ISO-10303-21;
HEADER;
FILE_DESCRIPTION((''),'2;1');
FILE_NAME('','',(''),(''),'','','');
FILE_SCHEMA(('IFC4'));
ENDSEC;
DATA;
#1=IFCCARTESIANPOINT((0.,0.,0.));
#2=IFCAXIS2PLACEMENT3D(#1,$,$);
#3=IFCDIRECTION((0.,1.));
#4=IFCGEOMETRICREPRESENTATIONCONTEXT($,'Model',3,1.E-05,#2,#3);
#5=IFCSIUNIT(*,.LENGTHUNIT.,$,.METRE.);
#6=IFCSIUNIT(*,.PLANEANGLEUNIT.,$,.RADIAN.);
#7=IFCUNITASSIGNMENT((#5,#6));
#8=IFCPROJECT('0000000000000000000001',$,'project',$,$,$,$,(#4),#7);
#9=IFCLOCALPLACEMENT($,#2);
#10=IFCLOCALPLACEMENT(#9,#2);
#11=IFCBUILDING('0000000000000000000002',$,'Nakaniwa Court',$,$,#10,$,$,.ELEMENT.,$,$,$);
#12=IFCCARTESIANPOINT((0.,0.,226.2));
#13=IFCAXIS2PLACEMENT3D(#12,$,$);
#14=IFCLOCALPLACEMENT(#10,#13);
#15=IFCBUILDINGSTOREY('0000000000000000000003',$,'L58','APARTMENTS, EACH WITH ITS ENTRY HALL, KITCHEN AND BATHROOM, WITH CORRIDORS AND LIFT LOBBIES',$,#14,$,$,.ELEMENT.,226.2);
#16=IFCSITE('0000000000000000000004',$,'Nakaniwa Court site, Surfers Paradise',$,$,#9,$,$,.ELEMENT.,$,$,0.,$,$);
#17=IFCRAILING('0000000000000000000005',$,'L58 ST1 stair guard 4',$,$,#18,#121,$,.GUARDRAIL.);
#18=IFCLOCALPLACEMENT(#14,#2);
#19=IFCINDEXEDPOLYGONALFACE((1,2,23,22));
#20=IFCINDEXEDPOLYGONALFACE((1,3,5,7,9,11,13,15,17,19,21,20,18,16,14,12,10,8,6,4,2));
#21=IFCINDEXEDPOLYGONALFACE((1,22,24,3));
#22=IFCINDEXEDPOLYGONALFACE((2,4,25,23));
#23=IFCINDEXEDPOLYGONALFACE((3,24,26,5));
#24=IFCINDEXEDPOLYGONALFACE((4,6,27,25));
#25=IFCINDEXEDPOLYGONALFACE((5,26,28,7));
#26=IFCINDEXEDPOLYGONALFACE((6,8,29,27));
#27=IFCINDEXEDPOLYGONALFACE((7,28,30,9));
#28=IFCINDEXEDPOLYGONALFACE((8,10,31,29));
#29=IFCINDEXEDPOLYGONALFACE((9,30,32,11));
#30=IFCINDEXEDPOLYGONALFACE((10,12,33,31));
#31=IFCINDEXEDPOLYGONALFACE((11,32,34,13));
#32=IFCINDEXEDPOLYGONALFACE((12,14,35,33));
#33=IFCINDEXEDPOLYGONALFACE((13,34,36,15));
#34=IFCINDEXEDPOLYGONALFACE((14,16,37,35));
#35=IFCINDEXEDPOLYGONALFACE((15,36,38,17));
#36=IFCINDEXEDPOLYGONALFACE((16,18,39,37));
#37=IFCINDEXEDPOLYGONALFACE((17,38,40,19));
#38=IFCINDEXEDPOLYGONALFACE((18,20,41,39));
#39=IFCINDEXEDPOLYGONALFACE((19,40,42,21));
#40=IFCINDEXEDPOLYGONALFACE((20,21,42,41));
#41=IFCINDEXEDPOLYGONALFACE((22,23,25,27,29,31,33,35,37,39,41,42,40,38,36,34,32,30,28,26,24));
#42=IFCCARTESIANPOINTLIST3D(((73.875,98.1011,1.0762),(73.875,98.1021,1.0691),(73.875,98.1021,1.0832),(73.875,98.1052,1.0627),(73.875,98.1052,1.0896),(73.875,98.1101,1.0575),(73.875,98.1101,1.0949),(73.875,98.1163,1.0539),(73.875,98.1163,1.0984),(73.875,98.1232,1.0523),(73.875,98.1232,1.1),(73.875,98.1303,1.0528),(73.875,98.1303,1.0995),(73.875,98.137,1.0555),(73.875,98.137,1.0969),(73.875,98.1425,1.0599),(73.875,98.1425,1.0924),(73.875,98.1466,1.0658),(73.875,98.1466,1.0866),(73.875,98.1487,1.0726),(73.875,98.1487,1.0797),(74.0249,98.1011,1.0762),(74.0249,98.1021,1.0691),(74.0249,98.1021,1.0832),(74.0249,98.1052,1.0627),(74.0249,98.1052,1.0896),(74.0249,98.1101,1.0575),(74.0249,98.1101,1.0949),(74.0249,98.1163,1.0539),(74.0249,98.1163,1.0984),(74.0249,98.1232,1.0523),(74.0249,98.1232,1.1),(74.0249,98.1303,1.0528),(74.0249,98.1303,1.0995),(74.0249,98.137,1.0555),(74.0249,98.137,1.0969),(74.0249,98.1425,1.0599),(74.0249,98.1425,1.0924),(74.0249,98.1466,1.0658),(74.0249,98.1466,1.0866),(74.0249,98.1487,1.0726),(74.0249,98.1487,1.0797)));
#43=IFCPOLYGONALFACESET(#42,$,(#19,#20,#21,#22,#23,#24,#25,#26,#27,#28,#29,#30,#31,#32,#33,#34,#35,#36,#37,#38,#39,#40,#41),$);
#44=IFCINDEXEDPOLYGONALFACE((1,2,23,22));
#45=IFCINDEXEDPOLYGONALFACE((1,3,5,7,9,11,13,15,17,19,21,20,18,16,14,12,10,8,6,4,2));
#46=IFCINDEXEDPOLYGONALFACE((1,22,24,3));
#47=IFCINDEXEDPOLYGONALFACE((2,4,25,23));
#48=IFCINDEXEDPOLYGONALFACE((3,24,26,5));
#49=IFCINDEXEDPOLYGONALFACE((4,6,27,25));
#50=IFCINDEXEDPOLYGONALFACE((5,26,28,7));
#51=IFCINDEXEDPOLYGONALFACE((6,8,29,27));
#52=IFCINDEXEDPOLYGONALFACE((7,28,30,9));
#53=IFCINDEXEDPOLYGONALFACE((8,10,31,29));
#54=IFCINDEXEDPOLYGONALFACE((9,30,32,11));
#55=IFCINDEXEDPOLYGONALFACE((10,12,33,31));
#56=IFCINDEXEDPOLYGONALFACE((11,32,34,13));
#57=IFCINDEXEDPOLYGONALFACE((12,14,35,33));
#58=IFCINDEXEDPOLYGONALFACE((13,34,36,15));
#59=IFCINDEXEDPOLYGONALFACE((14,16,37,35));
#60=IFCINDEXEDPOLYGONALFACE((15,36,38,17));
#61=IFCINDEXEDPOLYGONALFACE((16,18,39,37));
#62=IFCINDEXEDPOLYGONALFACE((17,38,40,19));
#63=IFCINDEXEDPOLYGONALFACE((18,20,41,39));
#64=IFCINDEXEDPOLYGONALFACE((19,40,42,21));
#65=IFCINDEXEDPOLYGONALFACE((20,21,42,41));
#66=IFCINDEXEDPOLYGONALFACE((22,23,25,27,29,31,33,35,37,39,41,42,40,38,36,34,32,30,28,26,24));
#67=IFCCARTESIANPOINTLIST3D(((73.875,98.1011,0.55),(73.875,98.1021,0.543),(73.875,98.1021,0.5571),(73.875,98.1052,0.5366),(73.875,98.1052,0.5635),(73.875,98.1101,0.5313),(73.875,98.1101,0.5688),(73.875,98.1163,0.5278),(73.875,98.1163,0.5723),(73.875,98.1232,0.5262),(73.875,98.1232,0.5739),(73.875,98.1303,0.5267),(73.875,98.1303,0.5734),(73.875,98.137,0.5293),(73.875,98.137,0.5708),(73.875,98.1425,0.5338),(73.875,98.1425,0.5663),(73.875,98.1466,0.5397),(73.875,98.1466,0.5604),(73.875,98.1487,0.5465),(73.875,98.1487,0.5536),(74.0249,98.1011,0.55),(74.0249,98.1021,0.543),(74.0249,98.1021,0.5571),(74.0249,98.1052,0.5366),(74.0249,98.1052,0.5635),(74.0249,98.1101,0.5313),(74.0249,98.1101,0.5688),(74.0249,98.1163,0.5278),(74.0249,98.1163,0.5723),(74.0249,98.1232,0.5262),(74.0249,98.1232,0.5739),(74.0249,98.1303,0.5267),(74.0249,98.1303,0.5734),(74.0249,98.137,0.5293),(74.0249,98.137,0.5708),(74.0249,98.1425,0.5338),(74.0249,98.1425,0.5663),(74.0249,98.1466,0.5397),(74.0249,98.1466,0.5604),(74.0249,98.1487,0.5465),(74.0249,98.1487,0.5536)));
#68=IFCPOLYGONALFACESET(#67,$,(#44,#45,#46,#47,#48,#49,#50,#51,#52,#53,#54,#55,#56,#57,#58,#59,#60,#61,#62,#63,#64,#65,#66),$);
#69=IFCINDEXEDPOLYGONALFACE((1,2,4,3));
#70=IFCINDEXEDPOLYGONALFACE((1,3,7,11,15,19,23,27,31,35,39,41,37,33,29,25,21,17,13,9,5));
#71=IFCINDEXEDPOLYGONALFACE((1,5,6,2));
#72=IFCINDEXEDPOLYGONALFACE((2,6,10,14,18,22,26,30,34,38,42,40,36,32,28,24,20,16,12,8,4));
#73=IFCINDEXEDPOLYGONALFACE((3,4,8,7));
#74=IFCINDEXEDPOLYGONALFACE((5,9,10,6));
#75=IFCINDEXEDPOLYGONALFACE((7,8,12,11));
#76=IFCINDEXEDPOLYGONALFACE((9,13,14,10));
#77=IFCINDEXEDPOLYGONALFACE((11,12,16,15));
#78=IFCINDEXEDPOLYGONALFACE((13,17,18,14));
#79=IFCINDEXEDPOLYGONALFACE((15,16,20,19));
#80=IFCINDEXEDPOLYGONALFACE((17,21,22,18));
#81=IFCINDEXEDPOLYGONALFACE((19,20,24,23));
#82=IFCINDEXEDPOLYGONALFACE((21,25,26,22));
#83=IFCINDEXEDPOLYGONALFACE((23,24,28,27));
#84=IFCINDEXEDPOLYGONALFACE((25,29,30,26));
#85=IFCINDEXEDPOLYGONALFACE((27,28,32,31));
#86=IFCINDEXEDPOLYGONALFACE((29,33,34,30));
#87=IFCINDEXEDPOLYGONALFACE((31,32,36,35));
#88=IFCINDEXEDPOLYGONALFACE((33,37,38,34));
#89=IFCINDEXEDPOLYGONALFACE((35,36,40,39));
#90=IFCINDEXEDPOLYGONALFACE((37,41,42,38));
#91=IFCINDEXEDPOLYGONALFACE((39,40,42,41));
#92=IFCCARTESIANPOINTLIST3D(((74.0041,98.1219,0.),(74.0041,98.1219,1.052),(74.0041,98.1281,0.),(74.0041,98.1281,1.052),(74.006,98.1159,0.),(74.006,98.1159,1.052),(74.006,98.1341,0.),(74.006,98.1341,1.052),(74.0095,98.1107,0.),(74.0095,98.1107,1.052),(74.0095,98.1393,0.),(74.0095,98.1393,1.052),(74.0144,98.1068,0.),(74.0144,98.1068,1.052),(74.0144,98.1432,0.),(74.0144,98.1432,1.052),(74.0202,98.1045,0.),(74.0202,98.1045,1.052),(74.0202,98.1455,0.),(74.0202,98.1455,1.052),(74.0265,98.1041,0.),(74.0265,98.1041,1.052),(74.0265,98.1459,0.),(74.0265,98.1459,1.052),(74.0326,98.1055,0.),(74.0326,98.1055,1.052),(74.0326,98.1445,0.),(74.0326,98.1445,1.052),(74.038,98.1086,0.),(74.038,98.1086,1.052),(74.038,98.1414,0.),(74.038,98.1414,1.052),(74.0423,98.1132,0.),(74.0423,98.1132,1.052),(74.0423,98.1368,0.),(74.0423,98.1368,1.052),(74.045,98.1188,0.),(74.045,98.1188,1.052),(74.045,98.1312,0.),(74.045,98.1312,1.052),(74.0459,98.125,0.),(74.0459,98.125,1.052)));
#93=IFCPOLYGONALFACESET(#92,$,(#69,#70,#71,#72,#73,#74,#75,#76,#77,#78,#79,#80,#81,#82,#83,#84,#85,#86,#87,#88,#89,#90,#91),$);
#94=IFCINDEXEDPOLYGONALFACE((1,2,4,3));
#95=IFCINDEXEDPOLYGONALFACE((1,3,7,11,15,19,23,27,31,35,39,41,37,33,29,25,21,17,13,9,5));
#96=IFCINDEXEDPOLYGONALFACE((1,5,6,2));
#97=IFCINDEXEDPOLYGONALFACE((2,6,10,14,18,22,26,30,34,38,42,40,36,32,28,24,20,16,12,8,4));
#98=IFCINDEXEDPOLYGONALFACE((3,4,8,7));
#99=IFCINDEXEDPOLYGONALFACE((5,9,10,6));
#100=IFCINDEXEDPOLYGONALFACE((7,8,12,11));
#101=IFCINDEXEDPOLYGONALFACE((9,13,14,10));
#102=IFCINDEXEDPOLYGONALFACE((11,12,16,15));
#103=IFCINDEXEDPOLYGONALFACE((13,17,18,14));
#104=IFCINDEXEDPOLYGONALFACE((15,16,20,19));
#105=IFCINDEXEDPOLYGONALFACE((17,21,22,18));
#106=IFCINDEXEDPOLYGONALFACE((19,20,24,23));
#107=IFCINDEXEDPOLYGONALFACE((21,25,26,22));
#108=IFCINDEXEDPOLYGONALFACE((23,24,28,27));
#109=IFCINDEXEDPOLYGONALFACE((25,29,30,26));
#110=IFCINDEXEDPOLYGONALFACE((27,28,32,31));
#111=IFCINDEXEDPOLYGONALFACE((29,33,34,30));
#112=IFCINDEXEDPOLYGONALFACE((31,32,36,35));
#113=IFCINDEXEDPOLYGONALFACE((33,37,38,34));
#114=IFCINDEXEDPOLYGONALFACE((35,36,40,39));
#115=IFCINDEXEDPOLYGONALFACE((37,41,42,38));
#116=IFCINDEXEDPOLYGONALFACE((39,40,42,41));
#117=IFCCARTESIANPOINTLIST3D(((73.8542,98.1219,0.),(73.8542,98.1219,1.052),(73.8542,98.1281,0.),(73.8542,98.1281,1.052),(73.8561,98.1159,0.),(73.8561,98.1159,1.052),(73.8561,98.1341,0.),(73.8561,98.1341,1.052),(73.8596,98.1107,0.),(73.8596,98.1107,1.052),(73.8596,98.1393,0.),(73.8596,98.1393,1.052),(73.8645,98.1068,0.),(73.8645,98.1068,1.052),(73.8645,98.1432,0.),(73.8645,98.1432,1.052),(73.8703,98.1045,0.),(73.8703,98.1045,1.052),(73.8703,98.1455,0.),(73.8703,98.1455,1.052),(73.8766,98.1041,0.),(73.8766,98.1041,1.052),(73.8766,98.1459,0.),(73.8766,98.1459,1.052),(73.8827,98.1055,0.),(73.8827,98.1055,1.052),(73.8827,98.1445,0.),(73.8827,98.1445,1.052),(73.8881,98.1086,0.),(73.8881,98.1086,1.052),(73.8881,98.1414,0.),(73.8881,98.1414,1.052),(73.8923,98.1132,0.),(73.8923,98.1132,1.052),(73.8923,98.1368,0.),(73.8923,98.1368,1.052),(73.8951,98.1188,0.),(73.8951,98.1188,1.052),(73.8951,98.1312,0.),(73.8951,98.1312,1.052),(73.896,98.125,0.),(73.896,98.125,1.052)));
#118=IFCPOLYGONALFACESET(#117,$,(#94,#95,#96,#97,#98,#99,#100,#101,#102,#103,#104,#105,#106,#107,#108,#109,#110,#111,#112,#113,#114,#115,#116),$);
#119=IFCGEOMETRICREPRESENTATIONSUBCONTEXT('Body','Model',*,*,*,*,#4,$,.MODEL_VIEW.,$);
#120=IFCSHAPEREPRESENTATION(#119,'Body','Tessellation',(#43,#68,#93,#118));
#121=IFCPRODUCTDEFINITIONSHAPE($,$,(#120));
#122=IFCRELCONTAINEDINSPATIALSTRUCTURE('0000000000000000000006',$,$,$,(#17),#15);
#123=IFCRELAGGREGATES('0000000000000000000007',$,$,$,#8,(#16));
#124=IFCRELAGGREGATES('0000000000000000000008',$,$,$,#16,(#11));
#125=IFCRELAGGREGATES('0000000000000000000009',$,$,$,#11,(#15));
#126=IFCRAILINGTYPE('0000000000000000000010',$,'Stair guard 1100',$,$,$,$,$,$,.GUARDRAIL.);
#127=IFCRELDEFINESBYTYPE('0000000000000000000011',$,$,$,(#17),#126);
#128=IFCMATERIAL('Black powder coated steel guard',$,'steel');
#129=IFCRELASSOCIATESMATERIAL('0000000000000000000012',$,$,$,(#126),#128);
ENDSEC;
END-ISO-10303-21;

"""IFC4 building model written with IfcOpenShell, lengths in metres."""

from ifc_helpers import new_model, si_unit, direction, frame, origin, origin_2d, place, context, subcontext, project, spatial, circle, extrude, material, type_object, element, save


model = new_model("IFC4")

# Units and contexts
model_context = context("Model", 3, precision=1e-05, world=origin(), true_north=direction((0.0, 1.0)))
body_context = subcontext(model_context, "Body", "Model", "MODEL_VIEW")
ifc_project = project(units=[si_unit("LENGTHUNIT", "METRE"), si_unit("PLANEANGLEUNIT", "RADIAN")], contexts=[model_context])

# Site, building, storey
site_placement = place(None, origin())
site = spatial("IfcSite", under=ifc_project, at=site_placement, Name="Nakaniwa Court site, Surfers Paradise", CompositionType="ELEMENT", RefElevation=0.0)
building_placement = place(site_placement, origin())
building = spatial("IfcBuilding", under=site, at=building_placement, Name="Nakaniwa Court", CompositionType="ELEMENT")
storey_placement = place(building_placement, frame((0.0, 0.0, 226.2)))
storey = spatial("IfcBuildingStorey", under=building, at=storey_placement, Name="L58", Description="APARTMENTS, EACH WITH ITS ENTRY HALL, KITCHEN AND BATHROOM, WITH CORRIDORS AND LIFT LOBBIES", CompositionType="ELEMENT", Elevation=226.2)

# Railing
ifc_material_1 = material(Name="Black powder coated steel guard", Category="steel")
railing_type_1 = type_object("IfcRailingType", Name="Stair guard 1100", PredefinedType="GUARDRAIL", material=ifc_material_1)
railing_1_placement = place(storey_placement, frame((74.0249, 98.125, 0.0)))
element("IfcRailing", 1, at=railing_1_placement, inside=storey, type_object=railing_type_1, Name="L58 ST1 stair guard 4", PredefinedType="GUARDRAIL", context=body_context, shape_type="SweptSolid", body=[
    extrude(circle(Radius=0.0239, at=origin_2d()), frame((0.0, 0.0, 1.0762), z_axis=(-1.0, 0.0, 0.0), x_axis=(0.0, -1.0, 0.0)), (0.0, 0.0, 1.0), 0.1499),
    extrude(circle(Radius=0.0239, at=origin_2d()), frame((0.0, 0.0, 0.55), z_axis=(-1.0, 0.0, 0.0), x_axis=(0.0, -1.0, 0.0)), (0.0, 0.0, 1.0), 0.1499),
    extrude(circle(Radius=0.021, at=origin_2d()), origin(), (0.0, 0.0, 1.0), 1.052),
    extrude(circle(Radius=0.021, at=origin_2d()), frame((-0.1499, 0.0, 0.0)), (0.0, 0.0, 1.0), 1.052),
])

save(model, "model.ifc")
